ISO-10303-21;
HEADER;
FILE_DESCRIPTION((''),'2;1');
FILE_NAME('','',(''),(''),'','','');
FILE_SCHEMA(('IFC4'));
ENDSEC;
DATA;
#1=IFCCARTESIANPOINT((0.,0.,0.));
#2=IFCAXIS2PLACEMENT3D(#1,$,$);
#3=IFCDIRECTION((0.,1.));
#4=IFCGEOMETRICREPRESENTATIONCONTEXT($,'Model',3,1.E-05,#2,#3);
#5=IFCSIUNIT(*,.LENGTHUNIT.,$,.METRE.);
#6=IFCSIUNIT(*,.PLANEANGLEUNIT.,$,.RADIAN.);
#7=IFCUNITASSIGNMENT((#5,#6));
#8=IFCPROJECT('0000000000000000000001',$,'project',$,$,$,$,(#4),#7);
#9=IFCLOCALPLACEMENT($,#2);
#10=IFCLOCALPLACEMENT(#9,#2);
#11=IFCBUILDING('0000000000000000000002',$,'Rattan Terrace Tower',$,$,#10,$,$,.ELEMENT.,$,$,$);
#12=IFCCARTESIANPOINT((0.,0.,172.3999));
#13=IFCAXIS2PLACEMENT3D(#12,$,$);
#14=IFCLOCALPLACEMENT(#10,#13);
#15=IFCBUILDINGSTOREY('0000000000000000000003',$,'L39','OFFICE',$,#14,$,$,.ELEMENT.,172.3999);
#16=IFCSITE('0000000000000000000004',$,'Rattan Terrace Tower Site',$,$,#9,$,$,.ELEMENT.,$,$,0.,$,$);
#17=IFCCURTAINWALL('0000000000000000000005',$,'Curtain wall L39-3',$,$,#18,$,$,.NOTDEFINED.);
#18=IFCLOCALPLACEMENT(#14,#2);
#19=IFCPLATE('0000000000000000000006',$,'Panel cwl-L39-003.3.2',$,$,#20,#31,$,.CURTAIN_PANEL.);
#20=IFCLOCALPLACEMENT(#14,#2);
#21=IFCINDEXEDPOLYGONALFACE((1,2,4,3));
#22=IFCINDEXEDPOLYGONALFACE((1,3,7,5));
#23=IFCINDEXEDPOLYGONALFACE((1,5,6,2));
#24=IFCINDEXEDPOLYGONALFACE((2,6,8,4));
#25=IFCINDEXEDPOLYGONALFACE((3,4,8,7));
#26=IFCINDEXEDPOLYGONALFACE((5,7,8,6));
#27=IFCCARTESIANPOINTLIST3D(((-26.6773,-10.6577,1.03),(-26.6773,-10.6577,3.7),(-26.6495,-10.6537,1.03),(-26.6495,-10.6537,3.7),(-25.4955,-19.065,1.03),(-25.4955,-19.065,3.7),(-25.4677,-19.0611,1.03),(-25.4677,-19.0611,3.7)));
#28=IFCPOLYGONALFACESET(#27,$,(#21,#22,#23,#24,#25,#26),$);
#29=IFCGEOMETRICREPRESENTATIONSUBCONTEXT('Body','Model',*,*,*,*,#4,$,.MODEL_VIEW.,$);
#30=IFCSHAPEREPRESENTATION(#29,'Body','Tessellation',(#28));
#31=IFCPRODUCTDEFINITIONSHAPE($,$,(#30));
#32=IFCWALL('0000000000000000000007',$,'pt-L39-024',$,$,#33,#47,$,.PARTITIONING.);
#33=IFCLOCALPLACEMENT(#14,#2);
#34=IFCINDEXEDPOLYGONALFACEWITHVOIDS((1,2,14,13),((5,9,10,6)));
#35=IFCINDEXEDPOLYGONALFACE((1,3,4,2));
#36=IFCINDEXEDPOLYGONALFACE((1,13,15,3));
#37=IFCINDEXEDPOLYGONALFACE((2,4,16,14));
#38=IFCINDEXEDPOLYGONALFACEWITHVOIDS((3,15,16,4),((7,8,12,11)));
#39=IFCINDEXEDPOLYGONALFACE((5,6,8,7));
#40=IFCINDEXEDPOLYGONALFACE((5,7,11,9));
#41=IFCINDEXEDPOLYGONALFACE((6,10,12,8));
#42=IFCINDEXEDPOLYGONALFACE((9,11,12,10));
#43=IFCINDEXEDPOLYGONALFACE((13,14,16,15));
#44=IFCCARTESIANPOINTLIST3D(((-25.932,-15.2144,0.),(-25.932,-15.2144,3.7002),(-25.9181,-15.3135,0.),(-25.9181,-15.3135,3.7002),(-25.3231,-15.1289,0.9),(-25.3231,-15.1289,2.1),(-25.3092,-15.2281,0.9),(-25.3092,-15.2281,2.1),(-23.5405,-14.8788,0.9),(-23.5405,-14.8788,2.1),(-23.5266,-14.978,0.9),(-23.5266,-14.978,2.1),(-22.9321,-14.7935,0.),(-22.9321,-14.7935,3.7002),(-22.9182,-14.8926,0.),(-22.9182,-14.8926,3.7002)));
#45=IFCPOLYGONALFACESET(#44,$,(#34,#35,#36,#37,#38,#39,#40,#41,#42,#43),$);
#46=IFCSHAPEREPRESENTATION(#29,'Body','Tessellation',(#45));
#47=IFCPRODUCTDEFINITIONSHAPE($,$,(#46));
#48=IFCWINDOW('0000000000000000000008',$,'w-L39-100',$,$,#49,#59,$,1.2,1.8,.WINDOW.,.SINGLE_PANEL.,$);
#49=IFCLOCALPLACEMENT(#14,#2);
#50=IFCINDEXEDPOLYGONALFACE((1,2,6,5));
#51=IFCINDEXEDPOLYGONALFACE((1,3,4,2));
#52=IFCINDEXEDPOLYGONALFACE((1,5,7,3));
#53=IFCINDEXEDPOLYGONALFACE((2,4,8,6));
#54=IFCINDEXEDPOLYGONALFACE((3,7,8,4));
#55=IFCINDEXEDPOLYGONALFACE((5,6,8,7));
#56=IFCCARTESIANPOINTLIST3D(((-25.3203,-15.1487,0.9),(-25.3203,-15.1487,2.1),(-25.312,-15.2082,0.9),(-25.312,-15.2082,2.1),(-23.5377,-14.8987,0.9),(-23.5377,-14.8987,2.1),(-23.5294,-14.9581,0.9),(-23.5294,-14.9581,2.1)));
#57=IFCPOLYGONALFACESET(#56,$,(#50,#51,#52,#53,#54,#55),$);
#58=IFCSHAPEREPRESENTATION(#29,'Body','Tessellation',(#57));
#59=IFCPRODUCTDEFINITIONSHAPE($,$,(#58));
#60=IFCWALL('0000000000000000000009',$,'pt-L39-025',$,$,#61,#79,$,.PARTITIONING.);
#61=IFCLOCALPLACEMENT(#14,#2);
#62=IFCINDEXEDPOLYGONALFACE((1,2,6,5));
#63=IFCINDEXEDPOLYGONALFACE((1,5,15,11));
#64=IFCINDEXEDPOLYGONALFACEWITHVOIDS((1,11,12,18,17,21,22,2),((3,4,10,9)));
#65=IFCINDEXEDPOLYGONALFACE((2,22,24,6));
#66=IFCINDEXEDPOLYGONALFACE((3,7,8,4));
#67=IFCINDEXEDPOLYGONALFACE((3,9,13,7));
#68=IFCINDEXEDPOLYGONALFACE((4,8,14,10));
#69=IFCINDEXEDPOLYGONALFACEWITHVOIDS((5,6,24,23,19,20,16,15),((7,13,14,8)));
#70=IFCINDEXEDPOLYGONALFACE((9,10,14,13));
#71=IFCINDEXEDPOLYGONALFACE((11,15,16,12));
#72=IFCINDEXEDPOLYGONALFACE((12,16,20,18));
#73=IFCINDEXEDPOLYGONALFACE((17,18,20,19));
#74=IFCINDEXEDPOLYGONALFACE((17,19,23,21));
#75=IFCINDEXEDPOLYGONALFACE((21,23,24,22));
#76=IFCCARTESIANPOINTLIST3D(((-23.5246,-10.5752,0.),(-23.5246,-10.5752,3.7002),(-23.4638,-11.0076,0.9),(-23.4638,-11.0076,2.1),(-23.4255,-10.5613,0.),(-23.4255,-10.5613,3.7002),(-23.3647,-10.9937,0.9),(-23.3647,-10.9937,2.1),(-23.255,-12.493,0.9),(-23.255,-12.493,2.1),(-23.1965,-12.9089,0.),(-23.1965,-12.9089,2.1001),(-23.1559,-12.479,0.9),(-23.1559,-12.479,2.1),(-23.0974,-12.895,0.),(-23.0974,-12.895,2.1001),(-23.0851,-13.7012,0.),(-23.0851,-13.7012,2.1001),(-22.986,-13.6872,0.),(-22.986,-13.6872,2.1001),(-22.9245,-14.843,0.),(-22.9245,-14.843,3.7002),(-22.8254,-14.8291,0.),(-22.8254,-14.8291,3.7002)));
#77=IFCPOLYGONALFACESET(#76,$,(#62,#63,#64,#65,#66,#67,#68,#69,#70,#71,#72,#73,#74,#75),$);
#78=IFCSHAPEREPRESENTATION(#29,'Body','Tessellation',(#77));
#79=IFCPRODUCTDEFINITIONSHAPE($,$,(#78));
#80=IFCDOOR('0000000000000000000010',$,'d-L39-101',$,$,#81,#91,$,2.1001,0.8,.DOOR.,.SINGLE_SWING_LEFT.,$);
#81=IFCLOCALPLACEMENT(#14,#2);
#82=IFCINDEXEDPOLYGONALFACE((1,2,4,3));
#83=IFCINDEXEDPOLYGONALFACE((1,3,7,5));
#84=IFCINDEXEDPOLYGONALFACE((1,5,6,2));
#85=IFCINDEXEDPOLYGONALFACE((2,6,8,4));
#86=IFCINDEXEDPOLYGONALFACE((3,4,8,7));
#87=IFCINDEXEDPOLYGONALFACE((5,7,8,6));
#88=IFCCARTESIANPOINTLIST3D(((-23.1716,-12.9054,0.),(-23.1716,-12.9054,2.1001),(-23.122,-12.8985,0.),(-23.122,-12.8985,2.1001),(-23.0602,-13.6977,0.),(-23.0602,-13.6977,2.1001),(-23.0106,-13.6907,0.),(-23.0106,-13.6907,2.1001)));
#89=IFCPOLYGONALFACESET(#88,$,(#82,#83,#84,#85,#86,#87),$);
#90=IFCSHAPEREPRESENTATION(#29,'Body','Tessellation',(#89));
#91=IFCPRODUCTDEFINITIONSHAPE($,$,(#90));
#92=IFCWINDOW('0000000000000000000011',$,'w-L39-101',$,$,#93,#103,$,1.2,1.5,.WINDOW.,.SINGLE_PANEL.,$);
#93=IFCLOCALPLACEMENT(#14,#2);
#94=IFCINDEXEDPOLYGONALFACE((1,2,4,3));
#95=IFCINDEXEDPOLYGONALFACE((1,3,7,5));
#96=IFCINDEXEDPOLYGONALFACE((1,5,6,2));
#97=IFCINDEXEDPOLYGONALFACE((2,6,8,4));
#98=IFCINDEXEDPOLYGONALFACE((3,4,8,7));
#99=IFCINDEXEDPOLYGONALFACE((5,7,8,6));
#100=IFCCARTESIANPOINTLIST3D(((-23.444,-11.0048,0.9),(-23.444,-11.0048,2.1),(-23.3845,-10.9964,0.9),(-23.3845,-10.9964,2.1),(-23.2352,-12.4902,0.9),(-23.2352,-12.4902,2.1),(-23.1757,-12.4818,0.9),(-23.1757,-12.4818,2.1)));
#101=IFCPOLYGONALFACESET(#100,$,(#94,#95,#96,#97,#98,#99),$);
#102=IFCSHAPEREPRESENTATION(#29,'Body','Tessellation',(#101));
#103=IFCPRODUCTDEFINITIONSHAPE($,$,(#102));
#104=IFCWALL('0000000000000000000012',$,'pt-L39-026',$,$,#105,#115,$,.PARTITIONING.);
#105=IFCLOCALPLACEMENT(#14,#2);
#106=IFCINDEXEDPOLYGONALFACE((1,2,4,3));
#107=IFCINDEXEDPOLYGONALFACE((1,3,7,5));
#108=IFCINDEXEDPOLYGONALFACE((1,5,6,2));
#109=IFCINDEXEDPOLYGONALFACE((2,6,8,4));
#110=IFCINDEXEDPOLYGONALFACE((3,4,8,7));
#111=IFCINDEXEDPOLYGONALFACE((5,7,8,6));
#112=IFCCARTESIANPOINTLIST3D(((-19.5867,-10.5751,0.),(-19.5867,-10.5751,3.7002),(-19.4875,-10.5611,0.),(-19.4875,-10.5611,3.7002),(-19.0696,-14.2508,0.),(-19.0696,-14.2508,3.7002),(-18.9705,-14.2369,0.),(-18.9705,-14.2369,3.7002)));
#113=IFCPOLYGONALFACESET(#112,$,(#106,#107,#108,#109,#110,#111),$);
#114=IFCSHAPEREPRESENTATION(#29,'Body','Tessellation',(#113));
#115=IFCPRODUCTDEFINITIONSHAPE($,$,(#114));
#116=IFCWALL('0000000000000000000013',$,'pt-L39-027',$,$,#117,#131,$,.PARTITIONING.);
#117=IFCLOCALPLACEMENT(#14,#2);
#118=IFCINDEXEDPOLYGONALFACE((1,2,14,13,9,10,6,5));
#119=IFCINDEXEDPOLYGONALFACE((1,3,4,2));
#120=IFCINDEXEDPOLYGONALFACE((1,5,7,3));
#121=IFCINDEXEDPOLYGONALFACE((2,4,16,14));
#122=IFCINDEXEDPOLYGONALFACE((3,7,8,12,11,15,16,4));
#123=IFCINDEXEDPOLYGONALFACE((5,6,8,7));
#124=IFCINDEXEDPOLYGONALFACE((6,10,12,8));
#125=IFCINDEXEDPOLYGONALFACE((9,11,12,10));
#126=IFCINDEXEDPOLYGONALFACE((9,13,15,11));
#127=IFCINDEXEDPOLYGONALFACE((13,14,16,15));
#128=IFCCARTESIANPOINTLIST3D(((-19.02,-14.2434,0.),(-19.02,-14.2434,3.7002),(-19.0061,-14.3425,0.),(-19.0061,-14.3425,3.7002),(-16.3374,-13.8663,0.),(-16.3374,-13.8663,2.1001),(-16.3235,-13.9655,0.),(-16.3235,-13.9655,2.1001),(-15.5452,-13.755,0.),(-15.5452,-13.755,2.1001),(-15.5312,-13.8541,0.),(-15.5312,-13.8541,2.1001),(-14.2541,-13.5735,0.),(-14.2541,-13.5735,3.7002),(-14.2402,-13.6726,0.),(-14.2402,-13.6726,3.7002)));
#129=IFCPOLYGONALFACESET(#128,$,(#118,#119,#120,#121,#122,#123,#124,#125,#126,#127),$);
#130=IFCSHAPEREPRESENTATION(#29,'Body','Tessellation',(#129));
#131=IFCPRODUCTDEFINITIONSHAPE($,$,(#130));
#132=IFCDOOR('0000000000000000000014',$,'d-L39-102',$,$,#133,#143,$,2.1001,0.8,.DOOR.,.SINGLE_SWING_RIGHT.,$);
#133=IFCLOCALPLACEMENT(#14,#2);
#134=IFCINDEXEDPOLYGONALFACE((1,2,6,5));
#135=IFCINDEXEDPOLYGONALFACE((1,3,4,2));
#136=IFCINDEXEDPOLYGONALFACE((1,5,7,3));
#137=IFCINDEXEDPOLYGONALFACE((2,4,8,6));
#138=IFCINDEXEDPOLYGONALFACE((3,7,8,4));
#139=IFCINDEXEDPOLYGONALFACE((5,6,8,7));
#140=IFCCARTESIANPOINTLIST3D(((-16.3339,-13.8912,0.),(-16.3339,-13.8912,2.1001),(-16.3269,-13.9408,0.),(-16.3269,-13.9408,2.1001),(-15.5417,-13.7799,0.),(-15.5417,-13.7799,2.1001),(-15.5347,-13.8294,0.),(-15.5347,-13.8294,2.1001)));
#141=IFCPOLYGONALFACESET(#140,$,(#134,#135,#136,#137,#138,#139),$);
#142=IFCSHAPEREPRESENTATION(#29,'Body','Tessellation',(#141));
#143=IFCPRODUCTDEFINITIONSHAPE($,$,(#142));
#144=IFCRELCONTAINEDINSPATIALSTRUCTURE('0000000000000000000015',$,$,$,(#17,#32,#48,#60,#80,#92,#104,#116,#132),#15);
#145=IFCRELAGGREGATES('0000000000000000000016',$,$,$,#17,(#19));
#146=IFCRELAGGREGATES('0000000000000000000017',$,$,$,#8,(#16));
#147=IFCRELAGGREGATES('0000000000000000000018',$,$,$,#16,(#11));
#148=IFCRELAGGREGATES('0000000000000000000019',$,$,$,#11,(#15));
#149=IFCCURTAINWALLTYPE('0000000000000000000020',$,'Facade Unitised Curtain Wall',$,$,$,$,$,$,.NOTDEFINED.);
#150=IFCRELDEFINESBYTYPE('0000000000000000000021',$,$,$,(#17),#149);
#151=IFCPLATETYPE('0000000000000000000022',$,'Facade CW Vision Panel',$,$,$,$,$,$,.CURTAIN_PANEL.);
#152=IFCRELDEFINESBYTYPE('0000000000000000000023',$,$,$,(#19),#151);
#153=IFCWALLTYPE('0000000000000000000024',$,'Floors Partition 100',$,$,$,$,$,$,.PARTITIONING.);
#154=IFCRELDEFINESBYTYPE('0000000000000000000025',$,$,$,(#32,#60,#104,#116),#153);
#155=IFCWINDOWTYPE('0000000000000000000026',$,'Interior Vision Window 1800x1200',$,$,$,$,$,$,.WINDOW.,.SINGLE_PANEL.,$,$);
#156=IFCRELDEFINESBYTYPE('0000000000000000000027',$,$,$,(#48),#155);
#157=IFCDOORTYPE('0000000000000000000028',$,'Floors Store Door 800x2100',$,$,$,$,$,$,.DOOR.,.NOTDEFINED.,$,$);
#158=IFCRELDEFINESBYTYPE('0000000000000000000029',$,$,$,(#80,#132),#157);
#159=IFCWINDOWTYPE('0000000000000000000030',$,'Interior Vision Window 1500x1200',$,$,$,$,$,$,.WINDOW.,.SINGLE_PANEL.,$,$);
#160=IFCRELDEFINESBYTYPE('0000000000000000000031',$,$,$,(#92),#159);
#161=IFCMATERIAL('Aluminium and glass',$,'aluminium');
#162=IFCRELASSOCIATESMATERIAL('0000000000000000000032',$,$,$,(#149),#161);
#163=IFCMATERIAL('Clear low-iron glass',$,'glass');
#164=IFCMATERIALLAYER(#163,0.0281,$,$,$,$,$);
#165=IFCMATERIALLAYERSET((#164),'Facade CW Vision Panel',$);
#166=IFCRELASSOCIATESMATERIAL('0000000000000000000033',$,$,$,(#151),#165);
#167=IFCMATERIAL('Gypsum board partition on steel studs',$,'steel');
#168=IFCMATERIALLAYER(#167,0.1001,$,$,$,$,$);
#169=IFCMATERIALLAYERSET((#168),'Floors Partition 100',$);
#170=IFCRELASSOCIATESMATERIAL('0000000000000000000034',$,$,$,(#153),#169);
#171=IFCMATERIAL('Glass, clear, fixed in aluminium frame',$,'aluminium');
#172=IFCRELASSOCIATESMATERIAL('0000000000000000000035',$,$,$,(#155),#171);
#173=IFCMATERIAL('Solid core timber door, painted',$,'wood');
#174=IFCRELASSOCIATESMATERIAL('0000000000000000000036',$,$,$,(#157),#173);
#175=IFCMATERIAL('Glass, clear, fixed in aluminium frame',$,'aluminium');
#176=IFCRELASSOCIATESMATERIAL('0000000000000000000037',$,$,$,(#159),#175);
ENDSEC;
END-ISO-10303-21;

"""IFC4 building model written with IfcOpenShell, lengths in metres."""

from ifc_helpers import new_model, si_unit, direction, frame, frame_2d, origin, origin_2d, place, context, subcontext, project, spatial, rectangle, extrude, material, layer, layer_set, type_object, element, fill, aggregate, save


model = new_model("IFC4")

# Units and contexts
model_context = context("Model", 3, precision=1e-05, world=origin(), true_north=direction((0.0, 1.0)))
body_context = subcontext(model_context, "Body", "Model", "MODEL_VIEW")
ifc_project = project(units=[si_unit("LENGTHUNIT", "METRE"), si_unit("PLANEANGLEUNIT", "RADIAN")], contexts=[model_context])

# Site, building, storey
site_placement = place(None, origin())
site = spatial("IfcSite", under=ifc_project, at=site_placement, Name="Rattan Terrace Tower Site", CompositionType="ELEMENT", RefElevation=0.0)
building_placement = place(site_placement, origin())
building = spatial("IfcBuilding", under=site, at=building_placement, Name="Rattan Terrace Tower", CompositionType="ELEMENT")
storey_placement = place(building_placement, frame((0.0, 0.0, 172.3999)))
storey = spatial("IfcBuildingStorey", under=building, at=storey_placement, Name="L39", Description="OFFICE", CompositionType="ELEMENT", Elevation=172.3999)

# Curtain wall
ifc_material_1 = material(Name="Aluminium and glass", Category="aluminium")
curtain_wall_type = type_object("IfcCurtainWallType", Name="Facade Unitised Curtain Wall", PredefinedType="NOTDEFINED", material=ifc_material_1)
curtain_wall_placement = place(storey_placement, origin())
curtain_wall = element("IfcCurtainWall", 1, at=curtain_wall_placement, inside=storey, type_object=curtain_wall_type, Name="Curtain wall L39-3", PredefinedType="NOTDEFINED")

# Plate
ifc_material_2 = material(Name="Clear low-iron glass", Category="glass")
ifc_layer_1 = layer(ifc_material_2, 0.0281)
ifc_layer_set_1 = layer_set([ifc_layer_1], Name="Facade CW Vision Panel")
plate_type_1 = type_object("IfcPlateType", Name="Facade CW Vision Panel", PredefinedType="CURTAIN_PANEL", material=ifc_layer_set_1)
plate_1_placement = place(storey_placement, frame((-26.0725, -14.8594, 1.03), z_axis=(0.0, 0.0, 1.0), x_axis=(0.139191, -0.990266, 0.0)))
plate_1 = element("IfcPlate", 2, at=plate_1_placement, type_object=plate_type_1, Name="Panel cwl-L39-003.3.2", PredefinedType="CURTAIN_PANEL", context=body_context, shape_type="SweptSolid", body=[
    extrude(rectangle(XDim=8.49, YDim=0.0281, at=origin_2d()), origin(), (0.0, 0.0, 1.0), 2.6699),
])
aggregate(curtain_wall, [plate_1])

# Wall, opening, window
ifc_material_3 = material(Name="Gypsum board partition on steel studs", Category="steel")
ifc_layer_2 = layer(ifc_material_3, 0.1001)
ifc_layer_set_2 = layer_set([ifc_layer_2], Name="Floors Partition 100")
wall_type_1 = type_object("IfcWallType", Name="Floors Partition 100", PredefinedType="PARTITIONING", material=ifc_layer_set_2)
wall_1_placement = place(storey_placement, frame((-25.925, -15.2639, 0.0), z_axis=(0.0, 0.0, 1.0), x_axis=(0.990301, 0.138939, 0.0)))
wall_1 = element("IfcWall", 3, at=wall_1_placement, inside=storey, type_object=wall_type_1, Name="pt-L39-024", PredefinedType="PARTITIONING", context=body_context, shape_type="SweptSolid", body=[
    extrude(rectangle(XDim=3.0293, YDim=0.1001, at=frame_2d((1.5146, 0.0))), origin(), (0.0, 0.0, 1.0), 3.7002),
])
opening_1_placement = place(wall_1_placement, frame((0.615, 0.0, 0.8999)))
opening_1 = element("IfcOpeningElement", 4, at=opening_1_placement, cuts=wall_1, PredefinedType="OPENING", context=body_context, shape_type="SweptSolid", body=[
    extrude(rectangle(XDim=1.8, YDim=1.2, at=frame_2d((0.8999, 0.6001))), frame((0.0, 0.0605, 0.0), z_axis=(0.0, -1.0, 0.0), x_axis=(1.0, 0.0, 0.0)), (0.0, 0.0, 1.0), 0.1211),
])
ifc_material_4 = material(Name="Glass, clear, fixed in aluminium frame", Category="aluminium")
window_type_1 = type_object("IfcWindowType", Name="Interior Vision Window 1800x1200", PartitioningType="SINGLE_PANEL", PredefinedType="WINDOW", material=ifc_material_4)
window_1_placement = place(opening_1_placement, origin())
window_1 = element("IfcWindow", 5, at=window_1_placement, inside=storey, type_object=window_type_1, Name="w-L39-100", OverallHeight=1.2, OverallWidth=1.8, PartitioningType="SINGLE_PANEL", PredefinedType="WINDOW", context=body_context, shape_type="SweptSolid", body=[
    extrude(rectangle(XDim=1.8, YDim=1.2, at=frame_2d((0.8999, 0.6001))), frame((0.0, 0.03, 0.0), z_axis=(0.0, -1.0, 0.0), x_axis=(1.0, 0.0, 0.0)), (0.0, 0.0, 1.0), 0.0601),
])
fill(opening_1, window_1)

# Wall, openings, door, window
wall_2_placement = place(storey_placement, frame((-22.875, -14.8359, 0.0), z_axis=(0.0, 0.0, 1.0), x_axis=(-0.13924, 0.990259, 0.0)))
wall_2 = element("IfcWall", 6, at=wall_2_placement, inside=storey, type_object=wall_type_1, Name="pt-L39-025", PredefinedType="PARTITIONING", context=body_context, shape_type="SweptSolid", body=[
    extrude(rectangle(XDim=4.3098, YDim=0.1001, at=frame_2d((2.1548, 0.0))), origin(), (0.0, 0.0, 1.0), 3.7002),
])
opening_2_placement = place(wall_2_placement, frame((1.1531, 0.0, 0.0)))
opening_2 = element("IfcOpeningElement", 7, at=opening_2_placement, cuts=wall_2, PredefinedType="OPENING", context=body_context, shape_type="SweptSolid", body=[
    extrude(rectangle(XDim=0.8, YDim=2.1001, at=frame_2d((0.3999, 1.05))), frame((0.0, 0.0605, 0.0), z_axis=(0.0, -1.0, 0.0), x_axis=(1.0, 0.0, 0.0)), (0.0, 0.0, 1.0), 0.1211),
])
opening_3_placement = place(wall_2_placement, frame((2.373, 0.0, 0.8999)))
opening_3 = element("IfcOpeningElement", 8, at=opening_3_placement, cuts=wall_2, PredefinedType="OPENING", context=body_context, shape_type="SweptSolid", body=[
    extrude(rectangle(XDim=1.5, YDim=1.2, at=frame_2d((0.75, 0.6001))), frame((0.0, 0.0605, 0.0), z_axis=(0.0, -1.0, 0.0), x_axis=(1.0, 0.0, 0.0)), (0.0, 0.0, 1.0), 0.1211),
])
ifc_material_5 = material(Name="Solid core timber door, painted", Category="wood")
door_type_1 = type_object("IfcDoorType", Name="Floors Store Door 800x2100", OperationType="NOTDEFINED", PredefinedType="DOOR", material=ifc_material_5)
door_1_placement = place(opening_2_placement, origin())
door_1 = element("IfcDoor", 9, at=door_1_placement, inside=storey, type_object=door_type_1, Name="d-L39-101", OperationType="SINGLE_SWING_LEFT", OverallHeight=2.1001, OverallWidth=0.8, PredefinedType="DOOR", context=body_context, shape_type="SweptSolid", body=[
    extrude(rectangle(XDim=0.8, YDim=2.1001, at=frame_2d((0.3999, 1.05))), frame((0.0, 0.0249, 0.0), z_axis=(0.0, -1.0, 0.0), x_axis=(1.0, 0.0, 0.0)), (0.0, 0.0, 1.0), 0.05),
])
fill(opening_2, door_1)
ifc_material_6 = material(Name="Glass, clear, fixed in aluminium frame", Category="aluminium")
window_type_2 = type_object("IfcWindowType", Name="Interior Vision Window 1500x1200", PartitioningType="SINGLE_PANEL", PredefinedType="WINDOW", material=ifc_material_6)
window_2_placement = place(opening_3_placement, origin())
window_2 = element("IfcWindow", 10, at=window_2_placement, inside=storey, type_object=window_type_2, Name="w-L39-101", OverallHeight=1.2, OverallWidth=1.5, PartitioningType="SINGLE_PANEL", PredefinedType="WINDOW", context=body_context, shape_type="SweptSolid", body=[
    extrude(rectangle(XDim=1.5, YDim=1.2, at=frame_2d((0.75, 0.6001))), frame((0.0, 0.03, 0.0), z_axis=(0.0, -1.0, 0.0), x_axis=(1.0, 0.0, 0.0)), (0.0, 0.0, 1.0), 0.0601),
])
fill(opening_3, window_2)

# Wall
wall_3_placement = place(storey_placement, frame((-19.5371, -10.5681, 0.0), z_axis=(0.0, 0.0, 1.0), x_axis=(0.139303, -0.99025, 0.0)))
element("IfcWall", 11, at=wall_3_placement, inside=storey, type_object=wall_type_1, Name="pt-L39-026", PredefinedType="PARTITIONING", context=body_context, shape_type="SweptSolid", body=[
    extrude(rectangle(XDim=3.7119, YDim=0.1001, at=frame_2d((1.856, 0.0))), origin(), (0.0, 0.0, 1.0), 3.7002),
])

# Wall, opening, door
wall_4_placement = place(storey_placement, frame((-19.0129, -14.293, 0.0), z_axis=(0.0, 0.0, 1.0), x_axis=(0.990265, 0.139198, 0.0)))
wall_4 = element("IfcWall", 12, at=wall_4_placement, inside=storey, type_object=wall_type_1, Name="pt-L39-027", PredefinedType="PARTITIONING", context=body_context, shape_type="SweptSolid", body=[
    extrude(rectangle(XDim=4.8127, YDim=0.1001, at=frame_2d((2.4062, 0.0))), origin(), (0.0, 0.0, 1.0), 3.7002),
])
opening_4_placement = place(wall_4_placement, frame((2.709, 0.0, 0.0)))
opening_4 = element("IfcOpeningElement", 13, at=opening_4_placement, cuts=wall_4, PredefinedType="OPENING", context=body_context, shape_type="SweptSolid", body=[
    extrude(rectangle(XDim=0.8, YDim=2.1001, at=frame_2d((0.3999, 1.05))), frame((0.0, 0.0605, 0.0), z_axis=(0.0, -1.0, 0.0), x_axis=(1.0, 0.0, 0.0)), (0.0, 0.0, 1.0), 0.1211),
])
door_2_placement = place(opening_4_placement, origin())
door_2 = element("IfcDoor", 14, at=door_2_placement, inside=storey, type_object=door_type_1, Name="d-L39-102", OperationType="SINGLE_SWING_RIGHT", OverallHeight=2.1001, OverallWidth=0.8, PredefinedType="DOOR", context=body_context, shape_type="SweptSolid", body=[
    extrude(rectangle(XDim=0.8, YDim=2.1001, at=frame_2d((0.3999, 1.05))), frame((0.0, 0.0249, 0.0), z_axis=(0.0, -1.0, 0.0), x_axis=(1.0, 0.0, 0.0)), (0.0, 0.0, 1.0), 0.05),
])
fill(opening_4, door_2)

save(model, "model.ifc")
